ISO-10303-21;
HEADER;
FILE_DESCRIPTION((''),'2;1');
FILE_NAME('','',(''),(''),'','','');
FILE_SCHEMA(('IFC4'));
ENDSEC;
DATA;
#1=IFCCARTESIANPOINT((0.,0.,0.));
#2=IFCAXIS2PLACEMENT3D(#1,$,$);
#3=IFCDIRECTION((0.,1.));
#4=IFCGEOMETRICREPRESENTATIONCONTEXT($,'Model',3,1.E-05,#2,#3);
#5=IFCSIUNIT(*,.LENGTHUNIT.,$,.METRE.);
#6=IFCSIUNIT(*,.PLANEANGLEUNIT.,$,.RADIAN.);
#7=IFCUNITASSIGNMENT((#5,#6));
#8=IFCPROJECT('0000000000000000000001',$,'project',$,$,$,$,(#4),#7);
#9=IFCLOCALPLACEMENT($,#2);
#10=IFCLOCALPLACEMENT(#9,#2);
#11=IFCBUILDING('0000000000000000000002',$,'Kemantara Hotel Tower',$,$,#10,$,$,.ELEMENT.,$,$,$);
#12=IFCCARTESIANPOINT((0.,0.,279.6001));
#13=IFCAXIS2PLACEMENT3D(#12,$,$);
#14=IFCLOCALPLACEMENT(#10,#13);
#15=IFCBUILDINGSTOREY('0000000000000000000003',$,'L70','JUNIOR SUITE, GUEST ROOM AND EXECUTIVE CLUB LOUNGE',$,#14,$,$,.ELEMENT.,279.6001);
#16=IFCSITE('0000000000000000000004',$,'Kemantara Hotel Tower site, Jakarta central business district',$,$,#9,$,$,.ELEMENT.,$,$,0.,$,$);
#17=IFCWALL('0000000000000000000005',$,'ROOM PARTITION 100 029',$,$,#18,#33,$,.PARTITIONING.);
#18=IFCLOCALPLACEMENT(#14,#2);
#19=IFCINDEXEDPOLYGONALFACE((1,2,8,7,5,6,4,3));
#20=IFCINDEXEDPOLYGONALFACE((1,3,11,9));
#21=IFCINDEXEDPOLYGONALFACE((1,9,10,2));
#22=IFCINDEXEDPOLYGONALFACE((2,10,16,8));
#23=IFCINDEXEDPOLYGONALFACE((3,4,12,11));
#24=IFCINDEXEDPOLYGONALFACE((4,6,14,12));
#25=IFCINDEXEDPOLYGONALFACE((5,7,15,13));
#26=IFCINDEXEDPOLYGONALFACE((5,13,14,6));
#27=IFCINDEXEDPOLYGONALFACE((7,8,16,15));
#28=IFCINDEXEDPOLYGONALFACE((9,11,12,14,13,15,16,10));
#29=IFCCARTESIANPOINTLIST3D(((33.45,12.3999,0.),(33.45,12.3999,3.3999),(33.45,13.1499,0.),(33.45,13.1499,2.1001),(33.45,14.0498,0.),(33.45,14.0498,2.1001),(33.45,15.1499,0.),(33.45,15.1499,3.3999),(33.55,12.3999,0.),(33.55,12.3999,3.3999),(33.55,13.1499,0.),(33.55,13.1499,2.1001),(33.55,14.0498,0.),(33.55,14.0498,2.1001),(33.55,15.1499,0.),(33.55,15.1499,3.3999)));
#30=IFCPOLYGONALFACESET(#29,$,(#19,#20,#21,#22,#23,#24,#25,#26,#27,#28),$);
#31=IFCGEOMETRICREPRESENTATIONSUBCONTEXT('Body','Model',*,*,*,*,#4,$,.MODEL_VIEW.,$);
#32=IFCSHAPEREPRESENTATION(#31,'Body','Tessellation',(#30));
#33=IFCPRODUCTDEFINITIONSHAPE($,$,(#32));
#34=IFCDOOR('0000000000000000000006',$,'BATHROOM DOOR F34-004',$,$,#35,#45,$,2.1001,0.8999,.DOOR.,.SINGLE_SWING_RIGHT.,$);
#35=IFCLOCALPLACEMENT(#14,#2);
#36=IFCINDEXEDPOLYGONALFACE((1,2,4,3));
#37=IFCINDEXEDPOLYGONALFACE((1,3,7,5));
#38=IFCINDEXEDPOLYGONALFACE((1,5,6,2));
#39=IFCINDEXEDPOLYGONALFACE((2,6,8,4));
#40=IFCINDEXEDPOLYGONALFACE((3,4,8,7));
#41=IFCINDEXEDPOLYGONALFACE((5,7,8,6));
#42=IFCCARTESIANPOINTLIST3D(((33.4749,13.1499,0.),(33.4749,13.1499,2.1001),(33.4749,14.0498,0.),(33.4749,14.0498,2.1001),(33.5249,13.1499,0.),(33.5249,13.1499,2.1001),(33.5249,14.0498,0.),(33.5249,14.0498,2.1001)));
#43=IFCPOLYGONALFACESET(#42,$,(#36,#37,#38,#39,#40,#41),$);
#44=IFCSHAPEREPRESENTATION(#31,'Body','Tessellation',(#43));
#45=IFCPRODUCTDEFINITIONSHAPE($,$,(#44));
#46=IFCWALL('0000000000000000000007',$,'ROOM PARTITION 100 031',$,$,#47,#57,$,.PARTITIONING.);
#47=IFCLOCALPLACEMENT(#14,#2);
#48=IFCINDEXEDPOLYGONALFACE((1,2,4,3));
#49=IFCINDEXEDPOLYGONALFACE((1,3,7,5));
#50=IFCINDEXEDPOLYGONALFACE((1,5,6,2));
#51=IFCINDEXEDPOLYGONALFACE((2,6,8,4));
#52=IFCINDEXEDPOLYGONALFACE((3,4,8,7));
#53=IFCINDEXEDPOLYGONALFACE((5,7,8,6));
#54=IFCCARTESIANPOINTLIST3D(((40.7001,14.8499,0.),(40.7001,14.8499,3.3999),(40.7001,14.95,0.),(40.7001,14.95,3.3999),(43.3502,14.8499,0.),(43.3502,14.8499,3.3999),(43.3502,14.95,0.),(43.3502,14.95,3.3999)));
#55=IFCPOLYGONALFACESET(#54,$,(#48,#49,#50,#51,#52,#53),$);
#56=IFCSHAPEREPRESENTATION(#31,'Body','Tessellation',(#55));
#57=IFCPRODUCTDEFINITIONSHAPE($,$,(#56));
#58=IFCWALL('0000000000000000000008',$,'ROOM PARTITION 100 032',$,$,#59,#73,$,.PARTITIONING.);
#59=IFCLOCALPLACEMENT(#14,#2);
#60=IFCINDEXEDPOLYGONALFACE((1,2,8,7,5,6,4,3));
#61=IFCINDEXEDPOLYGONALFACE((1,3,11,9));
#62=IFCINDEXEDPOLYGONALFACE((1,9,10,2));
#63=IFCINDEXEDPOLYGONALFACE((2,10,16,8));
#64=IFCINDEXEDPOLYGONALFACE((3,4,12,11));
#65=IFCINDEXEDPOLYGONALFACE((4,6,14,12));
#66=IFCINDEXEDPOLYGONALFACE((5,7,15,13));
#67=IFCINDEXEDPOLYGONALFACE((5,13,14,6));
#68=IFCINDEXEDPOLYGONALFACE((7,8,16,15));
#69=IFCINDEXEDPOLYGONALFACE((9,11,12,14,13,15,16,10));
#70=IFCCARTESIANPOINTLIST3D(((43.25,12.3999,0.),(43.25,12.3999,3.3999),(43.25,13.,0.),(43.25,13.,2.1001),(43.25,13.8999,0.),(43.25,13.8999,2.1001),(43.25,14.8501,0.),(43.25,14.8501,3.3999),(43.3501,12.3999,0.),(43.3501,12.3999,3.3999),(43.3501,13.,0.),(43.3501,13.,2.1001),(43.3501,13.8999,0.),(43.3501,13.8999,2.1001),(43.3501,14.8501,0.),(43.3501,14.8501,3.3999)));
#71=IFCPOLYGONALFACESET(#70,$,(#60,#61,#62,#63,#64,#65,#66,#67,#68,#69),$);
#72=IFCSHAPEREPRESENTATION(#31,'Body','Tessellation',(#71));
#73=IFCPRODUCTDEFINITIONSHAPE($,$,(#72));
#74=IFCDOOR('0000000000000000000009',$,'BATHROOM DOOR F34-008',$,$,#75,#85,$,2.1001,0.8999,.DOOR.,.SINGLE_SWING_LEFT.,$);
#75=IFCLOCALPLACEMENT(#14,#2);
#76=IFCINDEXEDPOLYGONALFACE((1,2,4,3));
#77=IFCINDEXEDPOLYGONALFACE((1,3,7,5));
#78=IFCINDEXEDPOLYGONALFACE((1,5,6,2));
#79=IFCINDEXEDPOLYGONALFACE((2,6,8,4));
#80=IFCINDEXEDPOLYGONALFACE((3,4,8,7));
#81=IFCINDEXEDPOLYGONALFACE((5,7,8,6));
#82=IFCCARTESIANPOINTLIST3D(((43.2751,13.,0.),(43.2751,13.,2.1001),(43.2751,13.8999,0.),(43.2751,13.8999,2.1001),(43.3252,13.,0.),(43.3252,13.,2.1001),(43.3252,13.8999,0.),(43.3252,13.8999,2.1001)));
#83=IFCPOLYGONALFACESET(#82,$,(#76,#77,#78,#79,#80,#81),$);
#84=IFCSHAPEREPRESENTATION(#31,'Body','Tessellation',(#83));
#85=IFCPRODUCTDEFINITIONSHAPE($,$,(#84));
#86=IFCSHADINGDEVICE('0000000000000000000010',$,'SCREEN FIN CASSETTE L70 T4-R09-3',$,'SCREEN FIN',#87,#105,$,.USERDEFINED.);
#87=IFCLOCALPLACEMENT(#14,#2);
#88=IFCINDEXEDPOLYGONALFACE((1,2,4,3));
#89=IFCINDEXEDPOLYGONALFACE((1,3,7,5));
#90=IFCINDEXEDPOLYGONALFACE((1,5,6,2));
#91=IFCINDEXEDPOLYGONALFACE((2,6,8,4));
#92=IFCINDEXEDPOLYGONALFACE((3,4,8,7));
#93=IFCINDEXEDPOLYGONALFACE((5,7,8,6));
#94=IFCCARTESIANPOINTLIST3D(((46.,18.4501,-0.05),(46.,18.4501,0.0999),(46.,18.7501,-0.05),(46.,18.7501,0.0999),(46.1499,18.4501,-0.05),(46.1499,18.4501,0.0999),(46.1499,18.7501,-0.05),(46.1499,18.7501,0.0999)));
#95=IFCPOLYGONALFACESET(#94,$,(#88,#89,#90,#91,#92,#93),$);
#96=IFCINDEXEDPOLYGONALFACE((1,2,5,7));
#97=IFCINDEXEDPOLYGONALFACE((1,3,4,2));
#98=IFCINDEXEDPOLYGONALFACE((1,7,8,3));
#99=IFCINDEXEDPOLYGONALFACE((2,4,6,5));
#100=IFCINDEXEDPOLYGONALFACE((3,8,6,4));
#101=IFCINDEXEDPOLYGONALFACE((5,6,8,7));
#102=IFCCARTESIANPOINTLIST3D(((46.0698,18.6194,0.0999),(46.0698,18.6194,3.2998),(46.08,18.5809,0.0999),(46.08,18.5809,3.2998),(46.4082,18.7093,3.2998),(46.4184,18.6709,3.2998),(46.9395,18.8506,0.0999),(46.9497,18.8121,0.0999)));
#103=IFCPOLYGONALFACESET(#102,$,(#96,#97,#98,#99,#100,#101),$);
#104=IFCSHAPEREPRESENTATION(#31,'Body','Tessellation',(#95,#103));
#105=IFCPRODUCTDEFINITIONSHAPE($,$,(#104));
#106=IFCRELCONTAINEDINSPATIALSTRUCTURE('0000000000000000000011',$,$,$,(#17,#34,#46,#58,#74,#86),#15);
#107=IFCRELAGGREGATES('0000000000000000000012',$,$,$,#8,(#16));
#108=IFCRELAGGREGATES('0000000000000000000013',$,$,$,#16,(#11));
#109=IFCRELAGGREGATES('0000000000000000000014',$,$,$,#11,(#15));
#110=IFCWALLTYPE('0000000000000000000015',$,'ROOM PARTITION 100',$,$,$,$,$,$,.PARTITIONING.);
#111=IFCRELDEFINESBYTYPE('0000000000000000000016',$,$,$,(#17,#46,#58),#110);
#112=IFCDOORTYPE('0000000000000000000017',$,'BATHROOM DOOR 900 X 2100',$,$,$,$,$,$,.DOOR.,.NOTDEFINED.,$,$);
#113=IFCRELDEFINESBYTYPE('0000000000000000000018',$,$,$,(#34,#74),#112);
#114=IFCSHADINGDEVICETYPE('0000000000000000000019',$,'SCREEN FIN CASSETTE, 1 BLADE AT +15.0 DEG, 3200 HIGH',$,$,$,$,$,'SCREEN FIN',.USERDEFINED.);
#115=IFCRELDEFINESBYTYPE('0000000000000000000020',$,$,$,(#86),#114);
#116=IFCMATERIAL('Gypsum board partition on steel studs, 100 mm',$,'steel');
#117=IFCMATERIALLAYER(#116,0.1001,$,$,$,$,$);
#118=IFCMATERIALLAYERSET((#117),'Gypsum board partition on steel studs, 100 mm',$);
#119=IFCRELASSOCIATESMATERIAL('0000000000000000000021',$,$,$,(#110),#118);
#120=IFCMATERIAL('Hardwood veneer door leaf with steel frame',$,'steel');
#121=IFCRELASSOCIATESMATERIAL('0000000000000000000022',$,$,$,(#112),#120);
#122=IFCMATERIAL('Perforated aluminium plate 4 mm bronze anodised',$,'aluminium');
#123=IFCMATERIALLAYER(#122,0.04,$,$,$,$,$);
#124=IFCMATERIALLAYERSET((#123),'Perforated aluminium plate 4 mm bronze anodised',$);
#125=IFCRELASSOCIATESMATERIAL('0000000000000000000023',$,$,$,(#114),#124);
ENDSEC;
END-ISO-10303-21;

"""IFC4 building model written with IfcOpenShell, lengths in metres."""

from ifc_helpers import new_model, si_unit, direction, frame, frame_2d, origin, origin_2d, place, context, subcontext, project, spatial, polyline, rectangle, outline, extrude, source, transform, mapped, material, layer, layer_set, type_object, element, fill, save


model = new_model("IFC4")

# Units and contexts
model_context = context("Model", 3, precision=1e-05, world=origin(), true_north=direction((0.0, 1.0)))
body_context = subcontext(model_context, "Body", "Model", "MODEL_VIEW")
ifc_project = project(units=[si_unit("LENGTHUNIT", "METRE"), si_unit("PLANEANGLEUNIT", "RADIAN")], contexts=[model_context])

# Site, building, storey
site_placement = place(None, origin())
site = spatial("IfcSite", under=ifc_project, at=site_placement, Name="Kemantara Hotel Tower site, Jakarta central business district", CompositionType="ELEMENT", RefElevation=0.0)
building_placement = place(site_placement, origin())
building = spatial("IfcBuilding", under=site, at=building_placement, Name="Kemantara Hotel Tower", CompositionType="ELEMENT")
storey_placement = place(building_placement, frame((0.0, 0.0, 279.6001)))
storey = spatial("IfcBuildingStorey", under=building, at=storey_placement, Name="L70", Description="JUNIOR SUITE, GUEST ROOM AND EXECUTIVE CLUB LOUNGE", CompositionType="ELEMENT", Elevation=279.6001)

# Shared definitions
ifc_material_1 = material(Name="Gypsum board partition on steel studs, 100 mm", Category="steel")
ifc_layer_1 = layer(ifc_material_1, 0.1001)
ifc_layer_set_1 = layer_set([ifc_layer_1], Name="Gypsum board partition on steel studs, 100 mm")
wall_type_1 = type_object("IfcWallType", Name="ROOM PARTITION 100", PredefinedType="PARTITIONING", material=ifc_layer_set_1)

# Wall, opening, door
wall_1_placement = place(storey_placement, frame((33.5, 15.1499, 0.0), z_axis=(0.0, 0.0, 1.0), x_axis=(0.0, -1.0, 0.0)))
wall_1 = element("IfcWall", 1, at=wall_1_placement, inside=storey, type_object=wall_type_1, Name="ROOM PARTITION 100 029", PredefinedType="PARTITIONING", context=body_context, shape_type="SweptSolid", body=[
    extrude(rectangle(XDim=2.75, YDim=0.1001, at=frame_2d((1.375, 0.0))), origin(), (0.0, 0.0, 1.0), 3.3999),
])
opening_1_placement = place(wall_1_placement, frame((1.1001, 0.0, 0.0)))
opening_1 = element("IfcOpeningElement", 2, at=opening_1_placement, cuts=wall_1, PredefinedType="OPENING", context=body_context, shape_type="SweptSolid", body=[
    extrude(rectangle(XDim=0.8999, YDim=2.1001, at=frame_2d((0.45, 1.05))), frame((0.0, 0.0601, 0.0), z_axis=(0.0, -1.0, 0.0), x_axis=(1.0, 0.0, 0.0)), (0.0, 0.0, 1.0), 0.1201),
])
ifc_material_2 = material(Name="Hardwood veneer door leaf with steel frame", Category="steel")
door_type = type_object("IfcDoorType", Name="BATHROOM DOOR 900 X 2100", OperationType="NOTDEFINED", PredefinedType="DOOR", material=ifc_material_2)
door_1_placement = place(opening_1_placement, origin())
door_1 = element("IfcDoor", 3, at=door_1_placement, inside=storey, type_object=door_type, Name="BATHROOM DOOR F34-004", OperationType="SINGLE_SWING_RIGHT", OverallHeight=2.1001, OverallWidth=0.8999, PredefinedType="DOOR", context=body_context, shape_type="SweptSolid", body=[
    extrude(rectangle(XDim=0.8999, YDim=2.1001, at=frame_2d((0.45, 1.05))), frame((0.0, 0.0249, 0.0), z_axis=(0.0, -1.0, 0.0), x_axis=(1.0, 0.0, 0.0)), (0.0, 0.0, 1.0), 0.05),
])
fill(opening_1, door_1)

# Wall
wall_2_placement = place(storey_placement, frame((40.7, 14.8999, 0.0), z_axis=(0.0, 0.0, 1.0), x_axis=(1.0, 0.0, 0.0)))
element("IfcWall", 4, at=wall_2_placement, inside=storey, type_object=wall_type_1, Name="ROOM PARTITION 100 031", PredefinedType="PARTITIONING", context=body_context, shape_type="SweptSolid", body=[
    extrude(rectangle(XDim=2.6501, YDim=0.1001, at=frame_2d((1.3252, 0.0))), origin(), (0.0, 0.0, 1.0), 3.3999),
])

# Wall, opening, door
wall_3_placement = place(storey_placement, frame((43.3, 12.3999, 0.0), z_axis=(0.0, 0.0, 1.0), x_axis=(0.0, 1.0, 0.0)))
wall_3 = element("IfcWall", 5, at=wall_3_placement, inside=storey, type_object=wall_type_1, Name="ROOM PARTITION 100 032", PredefinedType="PARTITIONING", context=body_context, shape_type="SweptSolid", body=[
    extrude(rectangle(XDim=2.4502, YDim=0.1001, at=frame_2d((1.2251, 0.0))), origin(), (0.0, 0.0, 1.0), 3.3999),
])
opening_2_placement = place(wall_3_placement, frame((0.6001, 0.0, 0.0)))
opening_2 = element("IfcOpeningElement", 6, at=opening_2_placement, cuts=wall_3, PredefinedType="OPENING", context=body_context, shape_type="SweptSolid", body=[
    extrude(rectangle(XDim=0.8999, YDim=2.1001, at=frame_2d((0.45, 1.05))), frame((0.0, 0.0601, 0.0), z_axis=(0.0, -1.0, 0.0), x_axis=(1.0, 0.0, 0.0)), (0.0, 0.0, 1.0), 0.1201),
])
door_2_placement = place(opening_2_placement, origin())
door_2 = element("IfcDoor", 7, at=door_2_placement, inside=storey, type_object=door_type, Name="BATHROOM DOOR F34-008", OperationType="SINGLE_SWING_LEFT", OverallHeight=2.1001, OverallWidth=0.8999, PredefinedType="DOOR", context=body_context, shape_type="SweptSolid", body=[
    extrude(rectangle(XDim=0.8999, YDim=2.1001, at=frame_2d((0.45, 1.05))), frame((0.0, 0.0249, 0.0), z_axis=(0.0, -1.0, 0.0), x_axis=(1.0, 0.0, 0.0)), (0.0, 0.0, 1.0), 0.05),
])
fill(opening_2, door_2)

# Shading device
ifc_material_3 = material(Name="Perforated aluminium plate 4 mm bronze anodised", Category="aluminium")
ifc_layer_2 = layer(ifc_material_3, 0.04)
ifc_layer_set_2 = layer_set([ifc_layer_2], Name="Perforated aluminium plate 4 mm bronze anodised")
shading_device_type = type_object("IfcShadingDeviceType", Name="SCREEN FIN CASSETTE, 1 BLADE AT +15.0 DEG, 3200 HIGH", ElementType="SCREEN FIN", PredefinedType="USERDEFINED", material=ifc_layer_set_2)
shared_shape_1 = source(origin(), body_context, "Body", "SweptSolid", [
    extrude(rectangle(XDim=0.3, YDim=0.1499, at=origin_2d()), frame((0.0, -0.075, -0.1499), z_axis=(0.0, 0.0, 1.0), x_axis=(1.0, 0.0, 0.0)), (0.0, 0.0, 1.0), 0.1499),
    extrude(outline(polyline([(0.0, 0.0), (0.8999, 0.0), (0.3501, 3.2), (0.0, 3.2), (0.0, 0.0)])), frame((0.0193, -0.0698, 0.0), z_axis=(-0.966438, -0.256901, 0.0), x_axis=(0.256901, -0.966438, 0.0)), (0.0, 0.0, 1.0), 0.0398),
])
shading_device_placement = place(storey_placement, frame((46.0, 18.6001, 0.0999), z_axis=(0.0, 0.0, 1.0), x_axis=(0.0, 1.0, 0.0)))
element("IfcShadingDevice", 8, at=shading_device_placement, inside=storey, type_object=shading_device_type, Name="SCREEN FIN CASSETTE L70 T4-R09-3", ObjectType="SCREEN FIN", PredefinedType="USERDEFINED", context=body_context, shape_type="MappedRepresentation", body=[
    mapped(shared_shape_1, transform((0.0, 0.0, 0.0))),
])

save(model, "model.ifc")
